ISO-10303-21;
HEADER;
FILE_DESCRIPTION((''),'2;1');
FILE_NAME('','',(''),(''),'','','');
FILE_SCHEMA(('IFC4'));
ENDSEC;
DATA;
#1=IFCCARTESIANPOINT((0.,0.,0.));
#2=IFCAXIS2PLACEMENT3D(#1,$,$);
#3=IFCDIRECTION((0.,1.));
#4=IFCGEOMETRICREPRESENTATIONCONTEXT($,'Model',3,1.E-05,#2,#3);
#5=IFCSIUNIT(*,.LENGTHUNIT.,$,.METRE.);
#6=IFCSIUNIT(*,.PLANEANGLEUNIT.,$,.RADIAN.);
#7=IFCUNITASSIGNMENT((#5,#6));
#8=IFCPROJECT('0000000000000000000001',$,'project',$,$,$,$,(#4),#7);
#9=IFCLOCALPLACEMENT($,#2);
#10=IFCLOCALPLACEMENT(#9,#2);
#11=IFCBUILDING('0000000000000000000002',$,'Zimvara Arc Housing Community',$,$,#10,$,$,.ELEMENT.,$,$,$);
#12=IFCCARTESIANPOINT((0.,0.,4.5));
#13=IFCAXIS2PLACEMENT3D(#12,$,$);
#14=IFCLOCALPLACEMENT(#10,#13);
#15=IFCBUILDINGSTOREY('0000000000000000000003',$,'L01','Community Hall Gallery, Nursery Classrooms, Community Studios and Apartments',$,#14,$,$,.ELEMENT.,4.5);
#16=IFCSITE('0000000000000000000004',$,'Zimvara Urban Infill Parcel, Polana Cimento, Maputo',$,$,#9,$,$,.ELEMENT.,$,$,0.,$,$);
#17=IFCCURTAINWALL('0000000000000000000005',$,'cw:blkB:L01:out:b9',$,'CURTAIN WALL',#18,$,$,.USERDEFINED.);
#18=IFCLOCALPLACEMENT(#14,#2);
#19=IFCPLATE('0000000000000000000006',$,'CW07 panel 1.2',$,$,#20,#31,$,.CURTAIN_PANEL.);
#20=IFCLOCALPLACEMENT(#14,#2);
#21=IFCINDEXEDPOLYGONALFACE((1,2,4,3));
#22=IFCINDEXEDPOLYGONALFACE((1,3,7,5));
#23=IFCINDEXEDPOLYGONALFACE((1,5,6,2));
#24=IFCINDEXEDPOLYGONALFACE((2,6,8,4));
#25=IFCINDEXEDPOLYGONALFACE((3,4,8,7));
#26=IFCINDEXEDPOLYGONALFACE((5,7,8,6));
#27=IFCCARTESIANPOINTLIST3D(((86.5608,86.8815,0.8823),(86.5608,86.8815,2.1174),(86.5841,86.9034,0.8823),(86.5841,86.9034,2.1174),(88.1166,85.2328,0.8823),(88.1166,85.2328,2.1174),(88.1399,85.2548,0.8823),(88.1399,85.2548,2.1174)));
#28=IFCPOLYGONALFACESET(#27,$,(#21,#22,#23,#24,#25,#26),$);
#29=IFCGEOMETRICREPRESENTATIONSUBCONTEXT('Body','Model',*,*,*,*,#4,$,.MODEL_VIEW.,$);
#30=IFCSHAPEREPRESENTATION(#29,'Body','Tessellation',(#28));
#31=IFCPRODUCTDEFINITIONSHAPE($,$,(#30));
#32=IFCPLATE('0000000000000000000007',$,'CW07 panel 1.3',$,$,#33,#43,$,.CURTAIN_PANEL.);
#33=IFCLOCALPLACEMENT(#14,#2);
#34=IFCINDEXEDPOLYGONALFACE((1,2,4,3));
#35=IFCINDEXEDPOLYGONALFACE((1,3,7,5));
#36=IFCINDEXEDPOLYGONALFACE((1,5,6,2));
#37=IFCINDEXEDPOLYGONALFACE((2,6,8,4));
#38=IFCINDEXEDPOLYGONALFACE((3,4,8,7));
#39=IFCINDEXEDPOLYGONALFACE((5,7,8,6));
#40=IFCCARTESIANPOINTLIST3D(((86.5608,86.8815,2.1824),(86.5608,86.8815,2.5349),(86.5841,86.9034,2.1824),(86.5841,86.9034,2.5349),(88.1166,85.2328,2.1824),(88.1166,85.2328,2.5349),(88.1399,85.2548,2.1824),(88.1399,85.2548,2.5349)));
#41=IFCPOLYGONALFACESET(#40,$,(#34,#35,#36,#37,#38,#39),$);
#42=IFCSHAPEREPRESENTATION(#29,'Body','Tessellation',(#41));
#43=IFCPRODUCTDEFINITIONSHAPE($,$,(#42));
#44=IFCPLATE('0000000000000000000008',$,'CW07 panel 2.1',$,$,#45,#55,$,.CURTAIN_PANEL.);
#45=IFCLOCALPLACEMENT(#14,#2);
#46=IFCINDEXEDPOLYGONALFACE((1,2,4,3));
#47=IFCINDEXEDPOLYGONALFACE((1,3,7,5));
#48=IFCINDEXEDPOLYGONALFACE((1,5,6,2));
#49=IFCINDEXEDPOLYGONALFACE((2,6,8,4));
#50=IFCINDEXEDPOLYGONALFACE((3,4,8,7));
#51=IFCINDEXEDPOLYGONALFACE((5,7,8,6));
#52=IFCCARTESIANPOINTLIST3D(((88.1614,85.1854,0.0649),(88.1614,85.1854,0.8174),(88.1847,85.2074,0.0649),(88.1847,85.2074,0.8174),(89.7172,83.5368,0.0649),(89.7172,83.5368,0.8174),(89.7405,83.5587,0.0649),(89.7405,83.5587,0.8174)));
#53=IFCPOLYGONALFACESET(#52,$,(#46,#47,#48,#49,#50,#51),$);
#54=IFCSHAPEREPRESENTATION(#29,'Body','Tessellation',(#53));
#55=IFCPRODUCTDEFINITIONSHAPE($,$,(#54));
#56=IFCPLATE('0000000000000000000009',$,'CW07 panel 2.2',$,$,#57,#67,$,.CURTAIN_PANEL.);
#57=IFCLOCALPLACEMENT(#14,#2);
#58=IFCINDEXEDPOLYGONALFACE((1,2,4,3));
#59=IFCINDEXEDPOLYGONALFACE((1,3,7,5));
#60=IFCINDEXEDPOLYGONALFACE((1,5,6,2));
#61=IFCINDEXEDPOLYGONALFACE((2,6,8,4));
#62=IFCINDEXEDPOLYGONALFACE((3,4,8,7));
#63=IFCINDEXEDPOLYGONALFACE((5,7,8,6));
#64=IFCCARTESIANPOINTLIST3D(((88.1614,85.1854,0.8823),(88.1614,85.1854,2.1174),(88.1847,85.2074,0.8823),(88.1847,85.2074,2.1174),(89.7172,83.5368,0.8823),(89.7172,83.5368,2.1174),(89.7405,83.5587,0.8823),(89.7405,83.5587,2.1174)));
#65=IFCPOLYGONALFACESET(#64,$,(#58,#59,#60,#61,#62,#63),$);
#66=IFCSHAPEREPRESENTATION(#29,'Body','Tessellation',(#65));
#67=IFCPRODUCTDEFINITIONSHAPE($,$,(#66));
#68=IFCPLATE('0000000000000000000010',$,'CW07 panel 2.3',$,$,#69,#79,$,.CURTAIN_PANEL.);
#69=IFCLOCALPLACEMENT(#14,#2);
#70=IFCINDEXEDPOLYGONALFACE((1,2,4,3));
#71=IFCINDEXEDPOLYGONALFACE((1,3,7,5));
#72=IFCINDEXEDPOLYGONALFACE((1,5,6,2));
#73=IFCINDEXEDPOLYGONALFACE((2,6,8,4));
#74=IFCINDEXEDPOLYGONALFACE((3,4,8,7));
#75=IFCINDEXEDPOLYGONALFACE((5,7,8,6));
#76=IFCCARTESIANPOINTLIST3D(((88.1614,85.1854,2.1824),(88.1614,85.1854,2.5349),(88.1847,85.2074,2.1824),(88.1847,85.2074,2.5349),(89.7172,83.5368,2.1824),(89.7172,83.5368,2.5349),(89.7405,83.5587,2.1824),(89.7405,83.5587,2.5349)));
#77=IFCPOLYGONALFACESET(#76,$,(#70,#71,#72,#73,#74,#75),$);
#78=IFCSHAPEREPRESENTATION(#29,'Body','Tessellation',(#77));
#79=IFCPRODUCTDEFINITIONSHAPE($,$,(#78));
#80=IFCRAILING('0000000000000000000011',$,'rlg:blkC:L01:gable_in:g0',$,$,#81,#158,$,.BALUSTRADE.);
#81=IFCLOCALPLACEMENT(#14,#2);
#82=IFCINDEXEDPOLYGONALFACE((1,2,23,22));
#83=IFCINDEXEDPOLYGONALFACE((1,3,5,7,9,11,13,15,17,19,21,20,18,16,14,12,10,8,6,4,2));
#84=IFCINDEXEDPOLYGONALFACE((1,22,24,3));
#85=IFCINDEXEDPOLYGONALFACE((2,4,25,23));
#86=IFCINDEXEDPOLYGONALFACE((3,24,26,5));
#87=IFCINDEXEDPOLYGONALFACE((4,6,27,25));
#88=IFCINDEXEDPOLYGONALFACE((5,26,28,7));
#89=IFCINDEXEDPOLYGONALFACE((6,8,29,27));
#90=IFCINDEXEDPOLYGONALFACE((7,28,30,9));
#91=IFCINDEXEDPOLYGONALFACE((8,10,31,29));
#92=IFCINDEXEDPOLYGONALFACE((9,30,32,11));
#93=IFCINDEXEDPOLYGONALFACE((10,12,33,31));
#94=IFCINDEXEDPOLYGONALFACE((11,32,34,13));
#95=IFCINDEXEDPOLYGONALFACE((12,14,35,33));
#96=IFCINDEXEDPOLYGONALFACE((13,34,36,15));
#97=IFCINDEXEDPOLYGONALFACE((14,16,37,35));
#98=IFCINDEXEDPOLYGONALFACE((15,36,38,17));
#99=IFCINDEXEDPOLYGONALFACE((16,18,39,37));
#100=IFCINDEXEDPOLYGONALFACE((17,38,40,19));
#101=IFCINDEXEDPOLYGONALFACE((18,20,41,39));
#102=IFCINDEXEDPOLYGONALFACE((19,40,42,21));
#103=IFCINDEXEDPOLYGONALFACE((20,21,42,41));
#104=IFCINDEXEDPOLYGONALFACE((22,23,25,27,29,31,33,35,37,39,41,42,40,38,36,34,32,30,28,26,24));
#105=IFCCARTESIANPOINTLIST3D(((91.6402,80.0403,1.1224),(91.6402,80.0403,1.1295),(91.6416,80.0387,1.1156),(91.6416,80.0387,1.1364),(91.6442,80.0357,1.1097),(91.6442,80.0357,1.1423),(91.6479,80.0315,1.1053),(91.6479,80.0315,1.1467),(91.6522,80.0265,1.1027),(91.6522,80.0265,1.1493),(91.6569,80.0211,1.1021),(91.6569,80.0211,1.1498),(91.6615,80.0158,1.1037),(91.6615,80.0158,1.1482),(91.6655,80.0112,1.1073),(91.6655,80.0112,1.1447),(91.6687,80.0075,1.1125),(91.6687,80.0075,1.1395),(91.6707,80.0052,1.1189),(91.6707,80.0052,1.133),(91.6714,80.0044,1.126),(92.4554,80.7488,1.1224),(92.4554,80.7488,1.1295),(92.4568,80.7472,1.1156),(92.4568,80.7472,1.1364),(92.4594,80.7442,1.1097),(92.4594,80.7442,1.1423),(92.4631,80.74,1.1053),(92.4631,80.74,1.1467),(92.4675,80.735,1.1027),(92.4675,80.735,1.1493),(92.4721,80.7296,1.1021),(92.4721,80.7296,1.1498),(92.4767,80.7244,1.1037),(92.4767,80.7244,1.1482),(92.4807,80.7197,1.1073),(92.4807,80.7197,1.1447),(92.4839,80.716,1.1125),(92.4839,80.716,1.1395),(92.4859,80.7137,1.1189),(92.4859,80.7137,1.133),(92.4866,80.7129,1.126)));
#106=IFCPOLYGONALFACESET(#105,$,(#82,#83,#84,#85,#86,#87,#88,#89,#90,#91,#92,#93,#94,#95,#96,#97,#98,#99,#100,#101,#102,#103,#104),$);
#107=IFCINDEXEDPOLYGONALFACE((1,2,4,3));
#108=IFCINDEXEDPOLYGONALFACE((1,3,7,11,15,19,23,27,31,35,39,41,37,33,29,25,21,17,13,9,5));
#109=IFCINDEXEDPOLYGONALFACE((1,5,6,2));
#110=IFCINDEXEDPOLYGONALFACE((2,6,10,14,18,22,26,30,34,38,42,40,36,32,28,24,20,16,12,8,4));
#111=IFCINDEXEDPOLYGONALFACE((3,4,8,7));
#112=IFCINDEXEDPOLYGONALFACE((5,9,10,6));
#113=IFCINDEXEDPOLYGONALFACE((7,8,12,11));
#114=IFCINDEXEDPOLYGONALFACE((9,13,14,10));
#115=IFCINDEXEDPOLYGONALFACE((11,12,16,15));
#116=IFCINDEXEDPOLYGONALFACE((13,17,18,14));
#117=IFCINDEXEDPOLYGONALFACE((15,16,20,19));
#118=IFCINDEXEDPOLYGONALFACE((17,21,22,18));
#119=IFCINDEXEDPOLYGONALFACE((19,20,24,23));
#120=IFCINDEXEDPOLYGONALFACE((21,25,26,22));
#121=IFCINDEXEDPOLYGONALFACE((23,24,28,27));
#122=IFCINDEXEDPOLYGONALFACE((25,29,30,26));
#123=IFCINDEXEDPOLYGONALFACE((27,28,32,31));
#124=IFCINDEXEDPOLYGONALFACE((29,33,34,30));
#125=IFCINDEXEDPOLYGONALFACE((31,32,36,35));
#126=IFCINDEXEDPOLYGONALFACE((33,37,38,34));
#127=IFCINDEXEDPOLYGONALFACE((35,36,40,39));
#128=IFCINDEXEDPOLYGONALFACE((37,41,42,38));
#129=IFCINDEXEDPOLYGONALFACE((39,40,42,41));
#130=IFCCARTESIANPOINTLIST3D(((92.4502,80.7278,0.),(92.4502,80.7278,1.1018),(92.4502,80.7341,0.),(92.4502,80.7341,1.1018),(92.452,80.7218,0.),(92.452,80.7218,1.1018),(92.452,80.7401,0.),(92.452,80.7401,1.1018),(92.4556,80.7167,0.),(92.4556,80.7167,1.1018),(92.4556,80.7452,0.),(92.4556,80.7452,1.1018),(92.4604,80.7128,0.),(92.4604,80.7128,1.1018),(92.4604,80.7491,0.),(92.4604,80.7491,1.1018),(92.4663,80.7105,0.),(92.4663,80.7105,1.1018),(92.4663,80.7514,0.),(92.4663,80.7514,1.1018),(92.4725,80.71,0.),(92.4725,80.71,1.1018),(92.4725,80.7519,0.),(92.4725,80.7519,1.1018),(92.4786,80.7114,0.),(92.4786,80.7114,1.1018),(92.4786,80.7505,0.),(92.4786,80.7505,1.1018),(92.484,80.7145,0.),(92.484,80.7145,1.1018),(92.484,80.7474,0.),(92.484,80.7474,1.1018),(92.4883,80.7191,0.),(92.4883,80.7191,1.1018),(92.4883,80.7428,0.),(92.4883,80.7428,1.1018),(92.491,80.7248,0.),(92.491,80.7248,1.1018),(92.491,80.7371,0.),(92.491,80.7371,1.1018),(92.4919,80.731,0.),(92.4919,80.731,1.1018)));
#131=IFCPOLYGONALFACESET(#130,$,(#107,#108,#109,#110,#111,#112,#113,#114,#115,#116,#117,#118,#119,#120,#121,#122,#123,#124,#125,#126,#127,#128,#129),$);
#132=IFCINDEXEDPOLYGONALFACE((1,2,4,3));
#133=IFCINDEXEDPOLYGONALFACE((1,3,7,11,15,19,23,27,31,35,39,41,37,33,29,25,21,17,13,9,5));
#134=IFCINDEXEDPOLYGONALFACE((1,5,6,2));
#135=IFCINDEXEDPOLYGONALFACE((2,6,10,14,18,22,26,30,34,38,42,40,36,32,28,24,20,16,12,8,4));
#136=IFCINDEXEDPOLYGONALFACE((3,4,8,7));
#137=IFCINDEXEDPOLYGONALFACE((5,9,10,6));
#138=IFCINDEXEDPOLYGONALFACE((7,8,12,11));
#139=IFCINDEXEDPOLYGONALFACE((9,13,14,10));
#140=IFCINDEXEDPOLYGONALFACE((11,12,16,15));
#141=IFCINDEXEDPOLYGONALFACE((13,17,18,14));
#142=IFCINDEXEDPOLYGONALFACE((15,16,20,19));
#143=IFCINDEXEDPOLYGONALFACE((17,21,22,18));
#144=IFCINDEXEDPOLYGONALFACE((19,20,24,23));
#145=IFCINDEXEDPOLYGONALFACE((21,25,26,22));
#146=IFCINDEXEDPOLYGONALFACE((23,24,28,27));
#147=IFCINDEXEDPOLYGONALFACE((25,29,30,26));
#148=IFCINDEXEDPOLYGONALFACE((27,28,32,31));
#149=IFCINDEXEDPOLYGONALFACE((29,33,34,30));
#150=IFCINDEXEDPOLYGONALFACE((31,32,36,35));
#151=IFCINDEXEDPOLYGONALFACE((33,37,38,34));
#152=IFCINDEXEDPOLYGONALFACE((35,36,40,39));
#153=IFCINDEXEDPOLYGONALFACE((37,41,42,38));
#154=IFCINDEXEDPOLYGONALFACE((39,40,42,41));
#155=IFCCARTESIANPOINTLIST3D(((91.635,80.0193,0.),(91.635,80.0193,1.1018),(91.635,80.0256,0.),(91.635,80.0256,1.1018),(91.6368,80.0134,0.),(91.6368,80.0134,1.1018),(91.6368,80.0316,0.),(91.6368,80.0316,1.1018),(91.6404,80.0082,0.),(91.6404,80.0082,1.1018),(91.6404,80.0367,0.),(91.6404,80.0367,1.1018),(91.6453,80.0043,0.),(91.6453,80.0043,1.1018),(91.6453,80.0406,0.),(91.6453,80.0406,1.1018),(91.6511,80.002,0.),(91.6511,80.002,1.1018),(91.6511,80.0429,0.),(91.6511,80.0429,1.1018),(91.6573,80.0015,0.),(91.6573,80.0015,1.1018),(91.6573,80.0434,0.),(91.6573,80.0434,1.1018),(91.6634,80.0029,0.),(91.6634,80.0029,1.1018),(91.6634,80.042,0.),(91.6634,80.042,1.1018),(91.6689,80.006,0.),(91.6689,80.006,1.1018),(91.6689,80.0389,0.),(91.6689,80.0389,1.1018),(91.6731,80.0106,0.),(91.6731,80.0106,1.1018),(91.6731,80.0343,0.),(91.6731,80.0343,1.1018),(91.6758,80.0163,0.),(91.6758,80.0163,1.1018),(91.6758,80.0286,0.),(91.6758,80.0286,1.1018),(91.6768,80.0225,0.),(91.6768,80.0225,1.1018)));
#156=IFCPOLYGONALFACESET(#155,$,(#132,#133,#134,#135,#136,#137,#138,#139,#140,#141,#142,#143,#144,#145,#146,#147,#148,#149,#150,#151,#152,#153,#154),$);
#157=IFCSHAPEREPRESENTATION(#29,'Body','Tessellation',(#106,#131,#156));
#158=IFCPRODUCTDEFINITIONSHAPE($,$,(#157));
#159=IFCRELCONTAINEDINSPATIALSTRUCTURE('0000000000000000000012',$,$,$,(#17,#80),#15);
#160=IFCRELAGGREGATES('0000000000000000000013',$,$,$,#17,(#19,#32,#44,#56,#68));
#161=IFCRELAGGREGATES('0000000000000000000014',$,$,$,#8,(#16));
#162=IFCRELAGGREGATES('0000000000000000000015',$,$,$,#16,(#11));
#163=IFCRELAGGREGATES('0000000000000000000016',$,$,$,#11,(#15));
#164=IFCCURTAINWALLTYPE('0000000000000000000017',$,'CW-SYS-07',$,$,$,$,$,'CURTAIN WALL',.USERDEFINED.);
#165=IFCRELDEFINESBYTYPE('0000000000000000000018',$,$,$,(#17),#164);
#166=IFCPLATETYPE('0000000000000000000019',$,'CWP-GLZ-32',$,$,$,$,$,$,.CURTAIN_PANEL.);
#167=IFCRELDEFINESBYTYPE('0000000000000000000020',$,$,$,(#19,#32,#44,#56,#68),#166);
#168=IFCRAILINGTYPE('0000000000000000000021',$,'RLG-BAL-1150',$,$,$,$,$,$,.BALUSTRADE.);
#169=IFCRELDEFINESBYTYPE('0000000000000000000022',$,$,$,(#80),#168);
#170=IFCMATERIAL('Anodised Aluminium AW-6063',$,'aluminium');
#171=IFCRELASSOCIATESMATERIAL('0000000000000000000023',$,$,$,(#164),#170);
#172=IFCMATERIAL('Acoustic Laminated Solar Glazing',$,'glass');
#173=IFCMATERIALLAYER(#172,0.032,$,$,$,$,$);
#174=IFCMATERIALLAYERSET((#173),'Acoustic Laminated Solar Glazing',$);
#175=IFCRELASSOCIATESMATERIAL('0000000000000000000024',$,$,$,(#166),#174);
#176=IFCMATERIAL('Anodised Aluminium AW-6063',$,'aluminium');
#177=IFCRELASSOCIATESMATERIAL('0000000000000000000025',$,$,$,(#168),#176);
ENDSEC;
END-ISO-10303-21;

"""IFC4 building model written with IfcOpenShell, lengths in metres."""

from ifc_helpers import new_model, si_unit, direction, frame, origin, origin_2d, place, context, subcontext, project, spatial, rectangle, circle, extrude, material, layer, layer_set, type_object, element, aggregate, save


model = new_model("IFC4")

# Units and contexts
model_context = context("Model", 3, precision=1e-05, world=origin(), true_north=direction((0.0, 1.0)))
body_context = subcontext(model_context, "Body", "Model", "MODEL_VIEW")
ifc_project = project(units=[si_unit("LENGTHUNIT", "METRE"), si_unit("PLANEANGLEUNIT", "RADIAN")], contexts=[model_context])

# Site, building, storey
site_placement = place(None, origin())
site = spatial("IfcSite", under=ifc_project, at=site_placement, Name="Zimvara Urban Infill Parcel, Polana Cimento, Maputo", CompositionType="ELEMENT", RefElevation=0.0)
building_placement = place(site_placement, origin())
building = spatial("IfcBuilding", under=site, at=building_placement, Name="Zimvara Arc Housing Community", CompositionType="ELEMENT")
storey_placement = place(building_placement, frame((0.0, 0.0, 4.5)))
storey = spatial("IfcBuildingStorey", under=building, at=storey_placement, Name="L01", Description="Community Hall Gallery, Nursery Classrooms, Community Studios and Apartments", CompositionType="ELEMENT", Elevation=4.5)

# Curtain wall, plates
ifc_material_1 = material(Name="Anodised Aluminium AW-6063", Category="aluminium")
curtain_wall_type_1 = type_object("IfcCurtainWallType", Name="CW-SYS-07", ElementType="CURTAIN WALL", PredefinedType="USERDEFINED", material=ifc_material_1)
curtain_wall_1_placement = place(storey_placement, origin())
curtain_wall_1 = element("IfcCurtainWall", 1, at=curtain_wall_1_placement, inside=storey, type_object=curtain_wall_type_1, Name="cw:blkB:L01:out:b9", ObjectType="CURTAIN WALL", PredefinedType="USERDEFINED")
ifc_material_2 = material(Name="Acoustic Laminated Solar Glazing", Category="glass")
ifc_layer = layer(ifc_material_2, 0.032)
ifc_layer_set = layer_set([ifc_layer], Name="Acoustic Laminated Solar Glazing")
plate_type = type_object("IfcPlateType", Name="CWP-GLZ-32", PredefinedType="CURTAIN_PANEL", material=ifc_layer_set)
plate_1_placement = place(storey_placement, frame((87.3503, 86.0681, 0.8823), z_axis=(0.0, 0.0, 1.0), x_axis=(0.686326, -0.727294, 0.0)))
plate_1 = element("IfcPlate", 2, at=plate_1_placement, type_object=plate_type, Name="CW07 panel 1.2", PredefinedType="CURTAIN_PANEL", context=body_context, shape_type="SweptSolid", body=[
    extrude(rectangle(XDim=2.2668, YDim=0.032, at=origin_2d()), origin(), (0.0, 0.0, 1.0), 1.2351),
])
plate_2_placement = place(storey_placement, frame((87.3503, 86.0681, 2.1824), z_axis=(0.0, 0.0, 1.0), x_axis=(0.686326, -0.727294, 0.0)))
plate_2 = element("IfcPlate", 3, at=plate_2_placement, type_object=plate_type, Name="CW07 panel 1.3", PredefinedType="CURTAIN_PANEL", context=body_context, shape_type="SweptSolid", body=[
    extrude(rectangle(XDim=2.2668, YDim=0.032, at=origin_2d()), origin(), (0.0, 0.0, 1.0), 0.3525),
])
plate_3_placement = place(storey_placement, frame((88.9509, 84.3721, 0.0649), z_axis=(0.0, 0.0, 1.0), x_axis=(0.686326, -0.727294, 0.0)))
plate_3 = element("IfcPlate", 4, at=plate_3_placement, type_object=plate_type, Name="CW07 panel 2.1", PredefinedType="CURTAIN_PANEL", context=body_context, shape_type="SweptSolid", body=[
    extrude(rectangle(XDim=2.2668, YDim=0.032, at=origin_2d()), origin(), (0.0, 0.0, 1.0), 0.7524),
])
plate_4_placement = place(storey_placement, frame((88.9509, 84.3721, 0.8823), z_axis=(0.0, 0.0, 1.0), x_axis=(0.686326, -0.727294, 0.0)))
plate_4 = element("IfcPlate", 5, at=plate_4_placement, type_object=plate_type, Name="CW07 panel 2.2", PredefinedType="CURTAIN_PANEL", context=body_context, shape_type="SweptSolid", body=[
    extrude(rectangle(XDim=2.2668, YDim=0.032, at=origin_2d()), origin(), (0.0, 0.0, 1.0), 1.2351),
])
plate_5_placement = place(storey_placement, frame((88.9509, 84.3721, 2.1824), z_axis=(0.0, 0.0, 1.0), x_axis=(0.686326, -0.727294, 0.0)))
plate_5 = element("IfcPlate", 6, at=plate_5_placement, type_object=plate_type, Name="CW07 panel 2.3", PredefinedType="CURTAIN_PANEL", context=body_context, shape_type="SweptSolid", body=[
    extrude(rectangle(XDim=2.2668, YDim=0.032, at=origin_2d()), origin(), (0.0, 0.0, 1.0), 0.3525),
])
aggregate(curtain_wall_1, [plate_1, plate_2, plate_3, plate_4, plate_5])

# Railing
ifc_material_3 = material(Name="Anodised Aluminium AW-6063", Category="aluminium")
railing_type = type_object("IfcRailingType", Name="RLG-BAL-1150", PredefinedType="BALUSTRADE", material=ifc_material_3)
railing_placement = place(storey_placement, frame((92.4709, 80.731, 0.0)))
element("IfcRailing", 7, at=railing_placement, inside=storey, type_object=railing_type, Name="rlg:blkC:L01:gable_in:g0", PredefinedType="BALUSTRADE", context=body_context, shape_type="SweptSolid", body=[
    extrude(circle(Radius=0.0239, at=origin_2d()), frame((0.0, 0.0, 1.126), z_axis=(-0.754771, -0.655988, 0.0), x_axis=(0.655988, -0.754771, 0.0)), (0.0, 0.0, 1.0), 1.0801),
    extrude(circle(Radius=0.021, at=origin_2d()), origin(), (0.0, 0.0, 1.0), 1.1018),
    extrude(circle(Radius=0.021, at=origin_2d()), frame((-0.8152, -0.7085, 0.0)), (0.0, 0.0, 1.0), 1.1018),
])

save(model, "model.ifc")
